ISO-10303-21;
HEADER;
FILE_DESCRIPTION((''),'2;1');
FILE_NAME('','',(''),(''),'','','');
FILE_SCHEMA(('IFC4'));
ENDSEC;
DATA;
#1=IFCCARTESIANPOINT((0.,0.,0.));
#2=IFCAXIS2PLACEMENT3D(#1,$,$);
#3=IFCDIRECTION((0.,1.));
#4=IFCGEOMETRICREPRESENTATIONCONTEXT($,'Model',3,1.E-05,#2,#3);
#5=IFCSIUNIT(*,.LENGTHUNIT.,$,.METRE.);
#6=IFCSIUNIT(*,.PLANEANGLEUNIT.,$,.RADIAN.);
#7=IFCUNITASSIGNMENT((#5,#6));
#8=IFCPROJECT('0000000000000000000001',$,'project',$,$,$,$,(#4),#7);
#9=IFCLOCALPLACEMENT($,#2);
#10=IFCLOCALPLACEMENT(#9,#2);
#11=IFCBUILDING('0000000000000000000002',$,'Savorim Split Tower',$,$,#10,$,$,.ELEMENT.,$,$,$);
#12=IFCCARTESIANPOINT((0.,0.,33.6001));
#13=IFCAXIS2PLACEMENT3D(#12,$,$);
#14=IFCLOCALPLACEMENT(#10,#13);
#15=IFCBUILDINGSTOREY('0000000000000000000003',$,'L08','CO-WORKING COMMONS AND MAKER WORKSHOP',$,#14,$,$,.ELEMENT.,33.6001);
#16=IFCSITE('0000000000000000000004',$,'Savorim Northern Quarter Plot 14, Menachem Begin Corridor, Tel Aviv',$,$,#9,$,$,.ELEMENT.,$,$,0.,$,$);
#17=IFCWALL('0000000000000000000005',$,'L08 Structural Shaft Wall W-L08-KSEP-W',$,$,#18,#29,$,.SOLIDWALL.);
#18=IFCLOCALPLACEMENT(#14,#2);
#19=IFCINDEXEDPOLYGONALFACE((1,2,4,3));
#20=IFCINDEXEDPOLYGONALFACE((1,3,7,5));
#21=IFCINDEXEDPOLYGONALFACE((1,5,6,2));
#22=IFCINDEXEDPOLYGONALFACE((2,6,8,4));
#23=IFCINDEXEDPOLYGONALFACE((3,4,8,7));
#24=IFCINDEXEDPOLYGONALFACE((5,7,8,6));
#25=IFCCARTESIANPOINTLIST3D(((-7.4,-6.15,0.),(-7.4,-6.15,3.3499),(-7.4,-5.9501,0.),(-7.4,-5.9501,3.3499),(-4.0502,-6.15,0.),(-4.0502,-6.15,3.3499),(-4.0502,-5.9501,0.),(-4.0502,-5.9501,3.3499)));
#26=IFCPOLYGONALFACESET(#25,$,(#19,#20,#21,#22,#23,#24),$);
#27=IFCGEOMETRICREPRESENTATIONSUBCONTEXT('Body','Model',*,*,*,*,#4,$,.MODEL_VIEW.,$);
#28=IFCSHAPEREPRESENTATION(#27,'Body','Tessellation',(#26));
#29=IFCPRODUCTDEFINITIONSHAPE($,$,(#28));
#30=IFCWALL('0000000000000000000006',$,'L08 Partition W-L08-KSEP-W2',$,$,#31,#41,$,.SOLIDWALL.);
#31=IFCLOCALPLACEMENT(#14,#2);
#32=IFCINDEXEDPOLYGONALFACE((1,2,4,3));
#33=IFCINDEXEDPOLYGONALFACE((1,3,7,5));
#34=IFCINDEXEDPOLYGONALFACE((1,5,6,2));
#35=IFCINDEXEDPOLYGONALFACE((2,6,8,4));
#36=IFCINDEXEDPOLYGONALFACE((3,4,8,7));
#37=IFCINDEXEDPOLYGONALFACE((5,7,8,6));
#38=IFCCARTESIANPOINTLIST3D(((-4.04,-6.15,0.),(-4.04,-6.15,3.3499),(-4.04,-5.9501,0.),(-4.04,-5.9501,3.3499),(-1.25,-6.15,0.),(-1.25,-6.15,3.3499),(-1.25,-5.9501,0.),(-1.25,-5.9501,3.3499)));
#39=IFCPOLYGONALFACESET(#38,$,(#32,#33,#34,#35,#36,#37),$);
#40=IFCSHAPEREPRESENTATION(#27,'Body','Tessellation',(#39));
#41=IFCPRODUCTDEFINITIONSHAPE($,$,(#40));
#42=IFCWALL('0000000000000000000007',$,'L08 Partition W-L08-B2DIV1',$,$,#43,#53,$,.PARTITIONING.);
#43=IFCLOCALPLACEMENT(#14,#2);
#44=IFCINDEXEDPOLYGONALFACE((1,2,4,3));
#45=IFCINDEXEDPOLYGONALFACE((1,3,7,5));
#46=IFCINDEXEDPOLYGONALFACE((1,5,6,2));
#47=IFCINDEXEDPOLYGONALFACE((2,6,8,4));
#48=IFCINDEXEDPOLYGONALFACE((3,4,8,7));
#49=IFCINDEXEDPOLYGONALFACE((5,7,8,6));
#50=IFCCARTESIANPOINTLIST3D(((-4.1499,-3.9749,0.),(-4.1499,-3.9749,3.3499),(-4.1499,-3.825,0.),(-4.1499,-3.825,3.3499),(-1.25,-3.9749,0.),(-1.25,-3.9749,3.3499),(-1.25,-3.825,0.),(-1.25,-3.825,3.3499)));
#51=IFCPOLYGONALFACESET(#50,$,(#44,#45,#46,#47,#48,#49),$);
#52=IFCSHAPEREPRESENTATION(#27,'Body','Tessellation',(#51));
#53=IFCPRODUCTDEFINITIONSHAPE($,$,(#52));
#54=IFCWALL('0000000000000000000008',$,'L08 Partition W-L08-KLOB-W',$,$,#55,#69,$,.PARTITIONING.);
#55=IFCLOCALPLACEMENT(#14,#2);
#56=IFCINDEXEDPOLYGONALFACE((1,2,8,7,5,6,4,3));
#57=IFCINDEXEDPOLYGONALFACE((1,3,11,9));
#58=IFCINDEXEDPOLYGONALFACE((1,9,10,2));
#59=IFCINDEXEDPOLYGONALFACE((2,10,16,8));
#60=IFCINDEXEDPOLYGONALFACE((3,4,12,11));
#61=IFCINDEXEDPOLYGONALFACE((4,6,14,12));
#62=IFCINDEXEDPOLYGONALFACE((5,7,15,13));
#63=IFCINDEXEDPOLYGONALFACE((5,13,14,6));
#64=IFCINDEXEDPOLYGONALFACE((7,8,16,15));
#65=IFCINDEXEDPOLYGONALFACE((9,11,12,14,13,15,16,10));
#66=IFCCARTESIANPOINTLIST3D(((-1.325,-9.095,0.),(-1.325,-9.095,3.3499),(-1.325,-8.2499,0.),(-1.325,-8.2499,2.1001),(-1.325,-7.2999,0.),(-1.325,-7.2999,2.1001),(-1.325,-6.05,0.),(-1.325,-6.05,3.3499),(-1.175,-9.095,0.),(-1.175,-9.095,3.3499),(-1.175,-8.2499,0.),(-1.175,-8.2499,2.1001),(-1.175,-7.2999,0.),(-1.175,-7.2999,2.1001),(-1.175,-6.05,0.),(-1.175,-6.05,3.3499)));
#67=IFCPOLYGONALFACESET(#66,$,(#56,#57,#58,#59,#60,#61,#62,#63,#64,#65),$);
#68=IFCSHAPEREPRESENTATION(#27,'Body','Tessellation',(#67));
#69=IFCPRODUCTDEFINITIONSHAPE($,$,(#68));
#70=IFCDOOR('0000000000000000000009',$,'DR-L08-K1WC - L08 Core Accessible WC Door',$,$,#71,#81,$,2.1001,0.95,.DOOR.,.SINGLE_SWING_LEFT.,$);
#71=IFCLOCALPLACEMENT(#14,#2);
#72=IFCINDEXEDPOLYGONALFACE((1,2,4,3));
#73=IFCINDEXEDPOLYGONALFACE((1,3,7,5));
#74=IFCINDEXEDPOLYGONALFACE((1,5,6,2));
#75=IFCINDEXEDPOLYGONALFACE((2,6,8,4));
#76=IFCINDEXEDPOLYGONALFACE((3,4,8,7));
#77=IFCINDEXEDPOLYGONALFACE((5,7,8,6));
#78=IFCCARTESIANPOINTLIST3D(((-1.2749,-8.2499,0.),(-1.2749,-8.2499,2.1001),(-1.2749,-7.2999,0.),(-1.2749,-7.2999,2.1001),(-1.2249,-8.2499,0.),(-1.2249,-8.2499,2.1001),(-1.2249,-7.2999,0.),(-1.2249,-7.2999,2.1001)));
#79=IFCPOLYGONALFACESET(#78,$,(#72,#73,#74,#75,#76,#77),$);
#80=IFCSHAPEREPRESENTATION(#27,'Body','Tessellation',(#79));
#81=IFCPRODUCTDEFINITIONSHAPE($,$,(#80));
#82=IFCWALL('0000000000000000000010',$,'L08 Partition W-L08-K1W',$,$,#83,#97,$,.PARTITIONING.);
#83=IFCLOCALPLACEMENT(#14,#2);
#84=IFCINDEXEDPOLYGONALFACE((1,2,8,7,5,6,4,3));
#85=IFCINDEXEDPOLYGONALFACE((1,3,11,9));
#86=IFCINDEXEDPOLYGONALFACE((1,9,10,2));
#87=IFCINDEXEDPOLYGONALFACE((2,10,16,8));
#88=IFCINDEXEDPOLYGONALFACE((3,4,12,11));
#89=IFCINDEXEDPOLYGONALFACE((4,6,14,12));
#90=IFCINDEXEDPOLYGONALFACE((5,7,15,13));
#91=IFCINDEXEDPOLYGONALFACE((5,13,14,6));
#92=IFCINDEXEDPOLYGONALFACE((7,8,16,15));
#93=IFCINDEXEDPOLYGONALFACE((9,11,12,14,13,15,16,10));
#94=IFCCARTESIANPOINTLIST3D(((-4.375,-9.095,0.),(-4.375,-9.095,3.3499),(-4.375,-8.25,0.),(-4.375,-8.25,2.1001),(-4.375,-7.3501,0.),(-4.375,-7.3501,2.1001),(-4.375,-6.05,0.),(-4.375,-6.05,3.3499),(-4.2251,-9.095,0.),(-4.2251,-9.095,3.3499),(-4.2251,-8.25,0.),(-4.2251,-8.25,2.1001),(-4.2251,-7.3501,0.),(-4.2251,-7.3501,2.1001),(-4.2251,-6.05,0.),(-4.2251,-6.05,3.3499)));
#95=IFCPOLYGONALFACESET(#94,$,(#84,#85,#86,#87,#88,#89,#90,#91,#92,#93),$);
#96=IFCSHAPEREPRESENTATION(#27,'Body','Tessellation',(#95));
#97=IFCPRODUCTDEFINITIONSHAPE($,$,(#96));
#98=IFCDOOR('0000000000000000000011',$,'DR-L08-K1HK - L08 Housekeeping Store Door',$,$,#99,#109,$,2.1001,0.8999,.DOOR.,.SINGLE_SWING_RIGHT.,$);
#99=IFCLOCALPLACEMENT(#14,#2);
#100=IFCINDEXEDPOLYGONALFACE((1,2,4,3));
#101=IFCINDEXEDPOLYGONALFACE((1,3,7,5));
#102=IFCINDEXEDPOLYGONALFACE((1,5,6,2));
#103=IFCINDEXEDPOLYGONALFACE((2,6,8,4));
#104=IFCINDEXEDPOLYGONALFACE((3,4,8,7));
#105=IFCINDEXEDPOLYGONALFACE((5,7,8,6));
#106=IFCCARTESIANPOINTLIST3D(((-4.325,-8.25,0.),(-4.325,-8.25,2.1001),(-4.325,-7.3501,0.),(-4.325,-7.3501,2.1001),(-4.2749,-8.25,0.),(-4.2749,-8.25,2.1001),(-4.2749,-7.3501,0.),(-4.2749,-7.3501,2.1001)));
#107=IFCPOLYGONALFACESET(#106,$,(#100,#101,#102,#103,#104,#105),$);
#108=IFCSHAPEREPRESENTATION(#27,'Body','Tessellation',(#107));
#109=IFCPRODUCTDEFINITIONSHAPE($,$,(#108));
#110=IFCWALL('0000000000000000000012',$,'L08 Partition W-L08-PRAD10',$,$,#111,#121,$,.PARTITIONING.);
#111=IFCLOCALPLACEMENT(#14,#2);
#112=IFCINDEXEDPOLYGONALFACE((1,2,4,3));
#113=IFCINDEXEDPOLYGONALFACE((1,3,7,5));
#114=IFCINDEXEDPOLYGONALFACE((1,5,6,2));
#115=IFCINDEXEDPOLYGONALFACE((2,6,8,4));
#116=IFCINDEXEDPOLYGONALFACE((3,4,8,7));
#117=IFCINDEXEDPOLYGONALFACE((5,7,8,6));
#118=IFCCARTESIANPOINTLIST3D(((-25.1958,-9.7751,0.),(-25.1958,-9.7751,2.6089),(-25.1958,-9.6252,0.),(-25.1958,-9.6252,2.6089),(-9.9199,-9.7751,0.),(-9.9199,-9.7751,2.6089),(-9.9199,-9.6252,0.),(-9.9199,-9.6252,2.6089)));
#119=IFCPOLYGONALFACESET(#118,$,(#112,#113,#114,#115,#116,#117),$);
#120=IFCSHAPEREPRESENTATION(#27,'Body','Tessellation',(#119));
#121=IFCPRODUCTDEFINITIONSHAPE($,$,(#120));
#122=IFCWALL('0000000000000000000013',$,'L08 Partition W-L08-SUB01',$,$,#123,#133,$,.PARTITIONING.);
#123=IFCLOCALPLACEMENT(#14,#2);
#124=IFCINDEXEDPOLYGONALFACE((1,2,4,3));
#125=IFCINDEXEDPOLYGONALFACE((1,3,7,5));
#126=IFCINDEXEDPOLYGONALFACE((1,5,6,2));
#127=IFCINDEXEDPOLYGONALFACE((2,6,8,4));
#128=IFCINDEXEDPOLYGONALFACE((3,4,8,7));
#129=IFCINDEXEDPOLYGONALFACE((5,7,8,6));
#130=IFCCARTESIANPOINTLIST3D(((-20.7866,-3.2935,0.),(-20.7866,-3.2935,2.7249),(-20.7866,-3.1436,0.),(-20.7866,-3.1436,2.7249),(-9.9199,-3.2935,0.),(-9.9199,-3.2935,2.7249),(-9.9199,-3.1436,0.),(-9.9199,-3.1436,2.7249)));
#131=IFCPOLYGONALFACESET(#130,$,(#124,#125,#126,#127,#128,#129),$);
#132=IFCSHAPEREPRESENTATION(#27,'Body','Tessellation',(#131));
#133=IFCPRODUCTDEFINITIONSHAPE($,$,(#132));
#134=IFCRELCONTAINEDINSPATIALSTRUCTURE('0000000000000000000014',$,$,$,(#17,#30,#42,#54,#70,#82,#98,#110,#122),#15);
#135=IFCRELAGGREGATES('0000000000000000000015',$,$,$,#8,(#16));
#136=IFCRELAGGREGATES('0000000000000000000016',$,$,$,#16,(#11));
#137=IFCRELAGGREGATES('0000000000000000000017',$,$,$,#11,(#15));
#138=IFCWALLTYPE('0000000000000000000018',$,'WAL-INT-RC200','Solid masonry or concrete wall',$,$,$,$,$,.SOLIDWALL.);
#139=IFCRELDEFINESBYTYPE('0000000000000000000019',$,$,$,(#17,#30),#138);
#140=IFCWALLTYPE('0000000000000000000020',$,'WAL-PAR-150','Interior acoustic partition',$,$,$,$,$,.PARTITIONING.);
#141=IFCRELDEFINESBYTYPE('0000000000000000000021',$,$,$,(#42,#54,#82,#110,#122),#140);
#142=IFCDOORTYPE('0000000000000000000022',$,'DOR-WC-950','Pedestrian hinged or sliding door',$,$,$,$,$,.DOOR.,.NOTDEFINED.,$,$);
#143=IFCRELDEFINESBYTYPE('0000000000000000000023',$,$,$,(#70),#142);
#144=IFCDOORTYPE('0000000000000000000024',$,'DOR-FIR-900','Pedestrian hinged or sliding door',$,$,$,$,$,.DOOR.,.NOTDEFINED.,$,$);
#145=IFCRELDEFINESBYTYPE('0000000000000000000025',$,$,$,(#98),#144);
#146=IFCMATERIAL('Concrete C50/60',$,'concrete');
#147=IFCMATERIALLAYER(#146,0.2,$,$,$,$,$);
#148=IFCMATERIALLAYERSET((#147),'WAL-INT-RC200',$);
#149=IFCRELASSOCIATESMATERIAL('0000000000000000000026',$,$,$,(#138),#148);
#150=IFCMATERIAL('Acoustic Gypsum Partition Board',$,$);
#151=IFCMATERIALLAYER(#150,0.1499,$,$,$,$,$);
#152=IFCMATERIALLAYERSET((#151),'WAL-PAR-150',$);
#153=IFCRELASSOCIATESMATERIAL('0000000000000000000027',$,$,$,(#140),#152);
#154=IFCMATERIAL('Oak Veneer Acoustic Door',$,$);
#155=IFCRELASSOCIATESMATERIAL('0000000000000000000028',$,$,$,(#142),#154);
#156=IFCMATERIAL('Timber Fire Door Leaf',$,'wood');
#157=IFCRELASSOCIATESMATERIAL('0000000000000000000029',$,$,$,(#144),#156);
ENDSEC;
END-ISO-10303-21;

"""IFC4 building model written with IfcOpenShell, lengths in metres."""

from ifc_helpers import new_model, si_unit, direction, frame, frame_2d, origin, place, context, subcontext, project, spatial, rectangle, extrude, material, layer, layer_set, type_object, element, fill, save


model = new_model("IFC4")

# Units and contexts
model_context = context("Model", 3, precision=1e-05, world=origin(), true_north=direction((0.0, 1.0)))
body_context = subcontext(model_context, "Body", "Model", "MODEL_VIEW")
ifc_project = project(units=[si_unit("LENGTHUNIT", "METRE"), si_unit("PLANEANGLEUNIT", "RADIAN")], contexts=[model_context])

# Site, building, storey
site_placement = place(None, origin())
site = spatial("IfcSite", under=ifc_project, at=site_placement, Name="Savorim Northern Quarter Plot 14, Menachem Begin Corridor, Tel Aviv", CompositionType="ELEMENT", RefElevation=0.0)
building_placement = place(site_placement, origin())
building = spatial("IfcBuilding", under=site, at=building_placement, Name="Savorim Split Tower", CompositionType="ELEMENT")
storey_placement = place(building_placement, frame((0.0, 0.0, 33.6001)))
storey = spatial("IfcBuildingStorey", under=building, at=storey_placement, Name="L08", Description="CO-WORKING COMMONS AND MAKER WORKSHOP", CompositionType="ELEMENT", Elevation=33.6001)

# Shared definitions
ifc_material_1 = material(Name="Timber Fire Door Leaf", Category="wood")

# Walls
ifc_material_2 = material(Name="Concrete C50/60", Category="concrete")
ifc_layer_1 = layer(ifc_material_2, 0.2)
ifc_layer_set_1 = layer_set([ifc_layer_1], Name="WAL-INT-RC200")
wall_type_1 = type_object("IfcWallType", Name="WAL-INT-RC200", Description="Solid masonry or concrete wall", PredefinedType="SOLIDWALL", material=ifc_layer_set_1)
wall_1_placement = place(storey_placement, frame((-7.3999, -6.05, 0.0), z_axis=(0.0, 0.0, 1.0), x_axis=(1.0, 0.0, 0.0)))
element("IfcWall", 1, at=wall_1_placement, inside=storey, type_object=wall_type_1, Name="L08 Structural Shaft Wall W-L08-KSEP-W", PredefinedType="SOLIDWALL", context=body_context, shape_type="SweptSolid", body=[
    extrude(rectangle(XDim=3.3499, YDim=0.2, at=frame_2d((1.6748, 0.0))), origin(), (0.0, 0.0, 1.0), 3.3499),
])
wall_2_placement = place(storey_placement, frame((-4.04, -6.05, 0.0), z_axis=(0.0, 0.0, 1.0), x_axis=(1.0, 0.0, 0.0)))
element("IfcWall", 2, at=wall_2_placement, inside=storey, type_object=wall_type_1, Name="L08 Partition W-L08-KSEP-W2", PredefinedType="SOLIDWALL", context=body_context, shape_type="SweptSolid", body=[
    extrude(rectangle(XDim=2.79, YDim=0.2, at=frame_2d((1.395, 0.0))), origin(), (0.0, 0.0, 1.0), 3.3499),
])
ifc_material_3 = material(Name="Acoustic Gypsum Partition Board")
ifc_layer_2 = layer(ifc_material_3, 0.1499)
ifc_layer_set_2 = layer_set([ifc_layer_2], Name="WAL-PAR-150")
wall_type_2 = type_object("IfcWallType", Name="WAL-PAR-150", Description="Interior acoustic partition", PredefinedType="PARTITIONING", material=ifc_layer_set_2)
wall_3_placement = place(storey_placement, frame((-4.1499, -3.8999, 0.0), z_axis=(0.0, 0.0, 1.0), x_axis=(1.0, 0.0, 0.0)))
element("IfcWall", 3, at=wall_3_placement, inside=storey, type_object=wall_type_2, Name="L08 Partition W-L08-B2DIV1", PredefinedType="PARTITIONING", context=body_context, shape_type="SweptSolid", body=[
    extrude(rectangle(XDim=2.8999, YDim=0.1499, at=frame_2d((1.45, 0.0))), origin(), (0.0, 0.0, 1.0), 3.3499),
])

# Walls, openings, doors
wall_4_placement = place(storey_placement, frame((-1.25, -9.095, 0.0), z_axis=(0.0, 0.0, 1.0), x_axis=(0.0, 1.0, 0.0)))
wall_4 = element("IfcWall", 4, at=wall_4_placement, inside=storey, type_object=wall_type_2, Name="L08 Partition W-L08-KLOB-W", PredefinedType="PARTITIONING", context=body_context, shape_type="SweptSolid", body=[
    extrude(rectangle(XDim=3.0449, YDim=0.1499, at=frame_2d((1.5225, 0.0))), origin(), (0.0, 0.0, 1.0), 3.3499),
])
opening_1_placement = place(wall_4_placement, frame((0.845, 0.0, 0.0)))
opening_1 = element("IfcOpeningElement", 5, at=opening_1_placement, cuts=wall_4, PredefinedType="OPENING", context=body_context, shape_type="SweptSolid", body=[
    extrude(rectangle(XDim=0.95, YDim=2.1001, at=frame_2d((0.4751, 1.05))), frame((0.0, 0.085, 0.0), z_axis=(0.0, -1.0, 0.0), x_axis=(1.0, 0.0, 0.0)), (0.0, 0.0, 1.0), 0.1699),
])
ifc_material_4 = material(Name="Oak Veneer Acoustic Door")
door_type_1 = type_object("IfcDoorType", Name="DOR-WC-950", Description="Pedestrian hinged or sliding door", OperationType="NOTDEFINED", PredefinedType="DOOR", material=ifc_material_4)
door_1_placement = place(opening_1_placement, origin())
door_1 = element("IfcDoor", 6, at=door_1_placement, inside=storey, type_object=door_type_1, Name="DR-L08-K1WC - L08 Core Accessible WC Door", OperationType="SINGLE_SWING_LEFT", OverallHeight=2.1001, OverallWidth=0.95, PredefinedType="DOOR", context=body_context, shape_type="SweptSolid", body=[
    extrude(rectangle(XDim=0.95, YDim=2.1001, at=frame_2d((0.4751, 1.05))), frame((0.0, 0.0249, 0.0), z_axis=(0.0, -1.0, 0.0), x_axis=(1.0, 0.0, 0.0)), (0.0, 0.0, 1.0), 0.05),
])
fill(opening_1, door_1)
wall_5_placement = place(storey_placement, frame((-4.3, -9.095, 0.0), z_axis=(0.0, 0.0, 1.0), x_axis=(0.0, 1.0, 0.0)))
wall_5 = element("IfcWall", 7, at=wall_5_placement, inside=storey, type_object=wall_type_2, Name="L08 Partition W-L08-K1W", PredefinedType="PARTITIONING", context=body_context, shape_type="SweptSolid", body=[
    extrude(rectangle(XDim=3.0449, YDim=0.1499, at=frame_2d((1.5225, 0.0))), origin(), (0.0, 0.0, 1.0), 3.3499),
])
opening_2_placement = place(wall_5_placement, frame((0.845, 0.0, 0.0)))
opening_2 = element("IfcOpeningElement", 8, at=opening_2_placement, cuts=wall_5, PredefinedType="OPENING", context=body_context, shape_type="SweptSolid", body=[
    extrude(rectangle(XDim=0.8999, YDim=2.1001, at=frame_2d((0.45, 1.05))), frame((0.0, 0.085, 0.0), z_axis=(0.0, -1.0, 0.0), x_axis=(1.0, 0.0, 0.0)), (0.0, 0.0, 1.0), 0.1699),
])
door_type_2 = type_object("IfcDoorType", Name="DOR-FIR-900", Description="Pedestrian hinged or sliding door", OperationType="NOTDEFINED", PredefinedType="DOOR", material=ifc_material_1)
door_2_placement = place(opening_2_placement, origin())
door_2 = element("IfcDoor", 9, at=door_2_placement, inside=storey, type_object=door_type_2, Name="DR-L08-K1HK - L08 Housekeeping Store Door", OperationType="SINGLE_SWING_RIGHT", OverallHeight=2.1001, OverallWidth=0.8999, PredefinedType="DOOR", context=body_context, shape_type="SweptSolid", body=[
    extrude(rectangle(XDim=0.8999, YDim=2.1001, at=frame_2d((0.45, 1.05))), frame((0.0, 0.0249, 0.0), z_axis=(0.0, -1.0, 0.0), x_axis=(1.0, 0.0, 0.0)), (0.0, 0.0, 1.0), 0.05),
])
fill(opening_2, door_2)

# Walls
wall_6_placement = place(storey_placement, frame((-9.9199, -9.7002, 0.0), z_axis=(0.0, 0.0, 1.0), x_axis=(-1.0, 0.0, 0.0)))
element("IfcWall", 10, at=wall_6_placement, inside=storey, type_object=wall_type_2, Name="L08 Partition W-L08-PRAD10", PredefinedType="PARTITIONING", context=body_context, shape_type="SweptSolid", body=[
    extrude(rectangle(XDim=15.2759, YDim=0.1499, at=frame_2d((7.6379, 0.0))), origin(), (0.0, 0.0, 1.0), 2.6089),
])
wall_7_placement = place(storey_placement, frame((-9.9199, -3.2185, 0.0), z_axis=(0.0, 0.0, 1.0), x_axis=(-1.0, 0.0, 0.0)))
element("IfcWall", 11, at=wall_7_placement, inside=storey, type_object=wall_type_2, Name="L08 Partition W-L08-SUB01", PredefinedType="PARTITIONING", context=body_context, shape_type="SweptSolid", body=[
    extrude(rectangle(XDim=10.8667, YDim=0.1499, at=frame_2d((5.4333, 0.0))), origin(), (0.0, 0.0, 1.0), 2.7249),
])

save(model, "model.ifc")
